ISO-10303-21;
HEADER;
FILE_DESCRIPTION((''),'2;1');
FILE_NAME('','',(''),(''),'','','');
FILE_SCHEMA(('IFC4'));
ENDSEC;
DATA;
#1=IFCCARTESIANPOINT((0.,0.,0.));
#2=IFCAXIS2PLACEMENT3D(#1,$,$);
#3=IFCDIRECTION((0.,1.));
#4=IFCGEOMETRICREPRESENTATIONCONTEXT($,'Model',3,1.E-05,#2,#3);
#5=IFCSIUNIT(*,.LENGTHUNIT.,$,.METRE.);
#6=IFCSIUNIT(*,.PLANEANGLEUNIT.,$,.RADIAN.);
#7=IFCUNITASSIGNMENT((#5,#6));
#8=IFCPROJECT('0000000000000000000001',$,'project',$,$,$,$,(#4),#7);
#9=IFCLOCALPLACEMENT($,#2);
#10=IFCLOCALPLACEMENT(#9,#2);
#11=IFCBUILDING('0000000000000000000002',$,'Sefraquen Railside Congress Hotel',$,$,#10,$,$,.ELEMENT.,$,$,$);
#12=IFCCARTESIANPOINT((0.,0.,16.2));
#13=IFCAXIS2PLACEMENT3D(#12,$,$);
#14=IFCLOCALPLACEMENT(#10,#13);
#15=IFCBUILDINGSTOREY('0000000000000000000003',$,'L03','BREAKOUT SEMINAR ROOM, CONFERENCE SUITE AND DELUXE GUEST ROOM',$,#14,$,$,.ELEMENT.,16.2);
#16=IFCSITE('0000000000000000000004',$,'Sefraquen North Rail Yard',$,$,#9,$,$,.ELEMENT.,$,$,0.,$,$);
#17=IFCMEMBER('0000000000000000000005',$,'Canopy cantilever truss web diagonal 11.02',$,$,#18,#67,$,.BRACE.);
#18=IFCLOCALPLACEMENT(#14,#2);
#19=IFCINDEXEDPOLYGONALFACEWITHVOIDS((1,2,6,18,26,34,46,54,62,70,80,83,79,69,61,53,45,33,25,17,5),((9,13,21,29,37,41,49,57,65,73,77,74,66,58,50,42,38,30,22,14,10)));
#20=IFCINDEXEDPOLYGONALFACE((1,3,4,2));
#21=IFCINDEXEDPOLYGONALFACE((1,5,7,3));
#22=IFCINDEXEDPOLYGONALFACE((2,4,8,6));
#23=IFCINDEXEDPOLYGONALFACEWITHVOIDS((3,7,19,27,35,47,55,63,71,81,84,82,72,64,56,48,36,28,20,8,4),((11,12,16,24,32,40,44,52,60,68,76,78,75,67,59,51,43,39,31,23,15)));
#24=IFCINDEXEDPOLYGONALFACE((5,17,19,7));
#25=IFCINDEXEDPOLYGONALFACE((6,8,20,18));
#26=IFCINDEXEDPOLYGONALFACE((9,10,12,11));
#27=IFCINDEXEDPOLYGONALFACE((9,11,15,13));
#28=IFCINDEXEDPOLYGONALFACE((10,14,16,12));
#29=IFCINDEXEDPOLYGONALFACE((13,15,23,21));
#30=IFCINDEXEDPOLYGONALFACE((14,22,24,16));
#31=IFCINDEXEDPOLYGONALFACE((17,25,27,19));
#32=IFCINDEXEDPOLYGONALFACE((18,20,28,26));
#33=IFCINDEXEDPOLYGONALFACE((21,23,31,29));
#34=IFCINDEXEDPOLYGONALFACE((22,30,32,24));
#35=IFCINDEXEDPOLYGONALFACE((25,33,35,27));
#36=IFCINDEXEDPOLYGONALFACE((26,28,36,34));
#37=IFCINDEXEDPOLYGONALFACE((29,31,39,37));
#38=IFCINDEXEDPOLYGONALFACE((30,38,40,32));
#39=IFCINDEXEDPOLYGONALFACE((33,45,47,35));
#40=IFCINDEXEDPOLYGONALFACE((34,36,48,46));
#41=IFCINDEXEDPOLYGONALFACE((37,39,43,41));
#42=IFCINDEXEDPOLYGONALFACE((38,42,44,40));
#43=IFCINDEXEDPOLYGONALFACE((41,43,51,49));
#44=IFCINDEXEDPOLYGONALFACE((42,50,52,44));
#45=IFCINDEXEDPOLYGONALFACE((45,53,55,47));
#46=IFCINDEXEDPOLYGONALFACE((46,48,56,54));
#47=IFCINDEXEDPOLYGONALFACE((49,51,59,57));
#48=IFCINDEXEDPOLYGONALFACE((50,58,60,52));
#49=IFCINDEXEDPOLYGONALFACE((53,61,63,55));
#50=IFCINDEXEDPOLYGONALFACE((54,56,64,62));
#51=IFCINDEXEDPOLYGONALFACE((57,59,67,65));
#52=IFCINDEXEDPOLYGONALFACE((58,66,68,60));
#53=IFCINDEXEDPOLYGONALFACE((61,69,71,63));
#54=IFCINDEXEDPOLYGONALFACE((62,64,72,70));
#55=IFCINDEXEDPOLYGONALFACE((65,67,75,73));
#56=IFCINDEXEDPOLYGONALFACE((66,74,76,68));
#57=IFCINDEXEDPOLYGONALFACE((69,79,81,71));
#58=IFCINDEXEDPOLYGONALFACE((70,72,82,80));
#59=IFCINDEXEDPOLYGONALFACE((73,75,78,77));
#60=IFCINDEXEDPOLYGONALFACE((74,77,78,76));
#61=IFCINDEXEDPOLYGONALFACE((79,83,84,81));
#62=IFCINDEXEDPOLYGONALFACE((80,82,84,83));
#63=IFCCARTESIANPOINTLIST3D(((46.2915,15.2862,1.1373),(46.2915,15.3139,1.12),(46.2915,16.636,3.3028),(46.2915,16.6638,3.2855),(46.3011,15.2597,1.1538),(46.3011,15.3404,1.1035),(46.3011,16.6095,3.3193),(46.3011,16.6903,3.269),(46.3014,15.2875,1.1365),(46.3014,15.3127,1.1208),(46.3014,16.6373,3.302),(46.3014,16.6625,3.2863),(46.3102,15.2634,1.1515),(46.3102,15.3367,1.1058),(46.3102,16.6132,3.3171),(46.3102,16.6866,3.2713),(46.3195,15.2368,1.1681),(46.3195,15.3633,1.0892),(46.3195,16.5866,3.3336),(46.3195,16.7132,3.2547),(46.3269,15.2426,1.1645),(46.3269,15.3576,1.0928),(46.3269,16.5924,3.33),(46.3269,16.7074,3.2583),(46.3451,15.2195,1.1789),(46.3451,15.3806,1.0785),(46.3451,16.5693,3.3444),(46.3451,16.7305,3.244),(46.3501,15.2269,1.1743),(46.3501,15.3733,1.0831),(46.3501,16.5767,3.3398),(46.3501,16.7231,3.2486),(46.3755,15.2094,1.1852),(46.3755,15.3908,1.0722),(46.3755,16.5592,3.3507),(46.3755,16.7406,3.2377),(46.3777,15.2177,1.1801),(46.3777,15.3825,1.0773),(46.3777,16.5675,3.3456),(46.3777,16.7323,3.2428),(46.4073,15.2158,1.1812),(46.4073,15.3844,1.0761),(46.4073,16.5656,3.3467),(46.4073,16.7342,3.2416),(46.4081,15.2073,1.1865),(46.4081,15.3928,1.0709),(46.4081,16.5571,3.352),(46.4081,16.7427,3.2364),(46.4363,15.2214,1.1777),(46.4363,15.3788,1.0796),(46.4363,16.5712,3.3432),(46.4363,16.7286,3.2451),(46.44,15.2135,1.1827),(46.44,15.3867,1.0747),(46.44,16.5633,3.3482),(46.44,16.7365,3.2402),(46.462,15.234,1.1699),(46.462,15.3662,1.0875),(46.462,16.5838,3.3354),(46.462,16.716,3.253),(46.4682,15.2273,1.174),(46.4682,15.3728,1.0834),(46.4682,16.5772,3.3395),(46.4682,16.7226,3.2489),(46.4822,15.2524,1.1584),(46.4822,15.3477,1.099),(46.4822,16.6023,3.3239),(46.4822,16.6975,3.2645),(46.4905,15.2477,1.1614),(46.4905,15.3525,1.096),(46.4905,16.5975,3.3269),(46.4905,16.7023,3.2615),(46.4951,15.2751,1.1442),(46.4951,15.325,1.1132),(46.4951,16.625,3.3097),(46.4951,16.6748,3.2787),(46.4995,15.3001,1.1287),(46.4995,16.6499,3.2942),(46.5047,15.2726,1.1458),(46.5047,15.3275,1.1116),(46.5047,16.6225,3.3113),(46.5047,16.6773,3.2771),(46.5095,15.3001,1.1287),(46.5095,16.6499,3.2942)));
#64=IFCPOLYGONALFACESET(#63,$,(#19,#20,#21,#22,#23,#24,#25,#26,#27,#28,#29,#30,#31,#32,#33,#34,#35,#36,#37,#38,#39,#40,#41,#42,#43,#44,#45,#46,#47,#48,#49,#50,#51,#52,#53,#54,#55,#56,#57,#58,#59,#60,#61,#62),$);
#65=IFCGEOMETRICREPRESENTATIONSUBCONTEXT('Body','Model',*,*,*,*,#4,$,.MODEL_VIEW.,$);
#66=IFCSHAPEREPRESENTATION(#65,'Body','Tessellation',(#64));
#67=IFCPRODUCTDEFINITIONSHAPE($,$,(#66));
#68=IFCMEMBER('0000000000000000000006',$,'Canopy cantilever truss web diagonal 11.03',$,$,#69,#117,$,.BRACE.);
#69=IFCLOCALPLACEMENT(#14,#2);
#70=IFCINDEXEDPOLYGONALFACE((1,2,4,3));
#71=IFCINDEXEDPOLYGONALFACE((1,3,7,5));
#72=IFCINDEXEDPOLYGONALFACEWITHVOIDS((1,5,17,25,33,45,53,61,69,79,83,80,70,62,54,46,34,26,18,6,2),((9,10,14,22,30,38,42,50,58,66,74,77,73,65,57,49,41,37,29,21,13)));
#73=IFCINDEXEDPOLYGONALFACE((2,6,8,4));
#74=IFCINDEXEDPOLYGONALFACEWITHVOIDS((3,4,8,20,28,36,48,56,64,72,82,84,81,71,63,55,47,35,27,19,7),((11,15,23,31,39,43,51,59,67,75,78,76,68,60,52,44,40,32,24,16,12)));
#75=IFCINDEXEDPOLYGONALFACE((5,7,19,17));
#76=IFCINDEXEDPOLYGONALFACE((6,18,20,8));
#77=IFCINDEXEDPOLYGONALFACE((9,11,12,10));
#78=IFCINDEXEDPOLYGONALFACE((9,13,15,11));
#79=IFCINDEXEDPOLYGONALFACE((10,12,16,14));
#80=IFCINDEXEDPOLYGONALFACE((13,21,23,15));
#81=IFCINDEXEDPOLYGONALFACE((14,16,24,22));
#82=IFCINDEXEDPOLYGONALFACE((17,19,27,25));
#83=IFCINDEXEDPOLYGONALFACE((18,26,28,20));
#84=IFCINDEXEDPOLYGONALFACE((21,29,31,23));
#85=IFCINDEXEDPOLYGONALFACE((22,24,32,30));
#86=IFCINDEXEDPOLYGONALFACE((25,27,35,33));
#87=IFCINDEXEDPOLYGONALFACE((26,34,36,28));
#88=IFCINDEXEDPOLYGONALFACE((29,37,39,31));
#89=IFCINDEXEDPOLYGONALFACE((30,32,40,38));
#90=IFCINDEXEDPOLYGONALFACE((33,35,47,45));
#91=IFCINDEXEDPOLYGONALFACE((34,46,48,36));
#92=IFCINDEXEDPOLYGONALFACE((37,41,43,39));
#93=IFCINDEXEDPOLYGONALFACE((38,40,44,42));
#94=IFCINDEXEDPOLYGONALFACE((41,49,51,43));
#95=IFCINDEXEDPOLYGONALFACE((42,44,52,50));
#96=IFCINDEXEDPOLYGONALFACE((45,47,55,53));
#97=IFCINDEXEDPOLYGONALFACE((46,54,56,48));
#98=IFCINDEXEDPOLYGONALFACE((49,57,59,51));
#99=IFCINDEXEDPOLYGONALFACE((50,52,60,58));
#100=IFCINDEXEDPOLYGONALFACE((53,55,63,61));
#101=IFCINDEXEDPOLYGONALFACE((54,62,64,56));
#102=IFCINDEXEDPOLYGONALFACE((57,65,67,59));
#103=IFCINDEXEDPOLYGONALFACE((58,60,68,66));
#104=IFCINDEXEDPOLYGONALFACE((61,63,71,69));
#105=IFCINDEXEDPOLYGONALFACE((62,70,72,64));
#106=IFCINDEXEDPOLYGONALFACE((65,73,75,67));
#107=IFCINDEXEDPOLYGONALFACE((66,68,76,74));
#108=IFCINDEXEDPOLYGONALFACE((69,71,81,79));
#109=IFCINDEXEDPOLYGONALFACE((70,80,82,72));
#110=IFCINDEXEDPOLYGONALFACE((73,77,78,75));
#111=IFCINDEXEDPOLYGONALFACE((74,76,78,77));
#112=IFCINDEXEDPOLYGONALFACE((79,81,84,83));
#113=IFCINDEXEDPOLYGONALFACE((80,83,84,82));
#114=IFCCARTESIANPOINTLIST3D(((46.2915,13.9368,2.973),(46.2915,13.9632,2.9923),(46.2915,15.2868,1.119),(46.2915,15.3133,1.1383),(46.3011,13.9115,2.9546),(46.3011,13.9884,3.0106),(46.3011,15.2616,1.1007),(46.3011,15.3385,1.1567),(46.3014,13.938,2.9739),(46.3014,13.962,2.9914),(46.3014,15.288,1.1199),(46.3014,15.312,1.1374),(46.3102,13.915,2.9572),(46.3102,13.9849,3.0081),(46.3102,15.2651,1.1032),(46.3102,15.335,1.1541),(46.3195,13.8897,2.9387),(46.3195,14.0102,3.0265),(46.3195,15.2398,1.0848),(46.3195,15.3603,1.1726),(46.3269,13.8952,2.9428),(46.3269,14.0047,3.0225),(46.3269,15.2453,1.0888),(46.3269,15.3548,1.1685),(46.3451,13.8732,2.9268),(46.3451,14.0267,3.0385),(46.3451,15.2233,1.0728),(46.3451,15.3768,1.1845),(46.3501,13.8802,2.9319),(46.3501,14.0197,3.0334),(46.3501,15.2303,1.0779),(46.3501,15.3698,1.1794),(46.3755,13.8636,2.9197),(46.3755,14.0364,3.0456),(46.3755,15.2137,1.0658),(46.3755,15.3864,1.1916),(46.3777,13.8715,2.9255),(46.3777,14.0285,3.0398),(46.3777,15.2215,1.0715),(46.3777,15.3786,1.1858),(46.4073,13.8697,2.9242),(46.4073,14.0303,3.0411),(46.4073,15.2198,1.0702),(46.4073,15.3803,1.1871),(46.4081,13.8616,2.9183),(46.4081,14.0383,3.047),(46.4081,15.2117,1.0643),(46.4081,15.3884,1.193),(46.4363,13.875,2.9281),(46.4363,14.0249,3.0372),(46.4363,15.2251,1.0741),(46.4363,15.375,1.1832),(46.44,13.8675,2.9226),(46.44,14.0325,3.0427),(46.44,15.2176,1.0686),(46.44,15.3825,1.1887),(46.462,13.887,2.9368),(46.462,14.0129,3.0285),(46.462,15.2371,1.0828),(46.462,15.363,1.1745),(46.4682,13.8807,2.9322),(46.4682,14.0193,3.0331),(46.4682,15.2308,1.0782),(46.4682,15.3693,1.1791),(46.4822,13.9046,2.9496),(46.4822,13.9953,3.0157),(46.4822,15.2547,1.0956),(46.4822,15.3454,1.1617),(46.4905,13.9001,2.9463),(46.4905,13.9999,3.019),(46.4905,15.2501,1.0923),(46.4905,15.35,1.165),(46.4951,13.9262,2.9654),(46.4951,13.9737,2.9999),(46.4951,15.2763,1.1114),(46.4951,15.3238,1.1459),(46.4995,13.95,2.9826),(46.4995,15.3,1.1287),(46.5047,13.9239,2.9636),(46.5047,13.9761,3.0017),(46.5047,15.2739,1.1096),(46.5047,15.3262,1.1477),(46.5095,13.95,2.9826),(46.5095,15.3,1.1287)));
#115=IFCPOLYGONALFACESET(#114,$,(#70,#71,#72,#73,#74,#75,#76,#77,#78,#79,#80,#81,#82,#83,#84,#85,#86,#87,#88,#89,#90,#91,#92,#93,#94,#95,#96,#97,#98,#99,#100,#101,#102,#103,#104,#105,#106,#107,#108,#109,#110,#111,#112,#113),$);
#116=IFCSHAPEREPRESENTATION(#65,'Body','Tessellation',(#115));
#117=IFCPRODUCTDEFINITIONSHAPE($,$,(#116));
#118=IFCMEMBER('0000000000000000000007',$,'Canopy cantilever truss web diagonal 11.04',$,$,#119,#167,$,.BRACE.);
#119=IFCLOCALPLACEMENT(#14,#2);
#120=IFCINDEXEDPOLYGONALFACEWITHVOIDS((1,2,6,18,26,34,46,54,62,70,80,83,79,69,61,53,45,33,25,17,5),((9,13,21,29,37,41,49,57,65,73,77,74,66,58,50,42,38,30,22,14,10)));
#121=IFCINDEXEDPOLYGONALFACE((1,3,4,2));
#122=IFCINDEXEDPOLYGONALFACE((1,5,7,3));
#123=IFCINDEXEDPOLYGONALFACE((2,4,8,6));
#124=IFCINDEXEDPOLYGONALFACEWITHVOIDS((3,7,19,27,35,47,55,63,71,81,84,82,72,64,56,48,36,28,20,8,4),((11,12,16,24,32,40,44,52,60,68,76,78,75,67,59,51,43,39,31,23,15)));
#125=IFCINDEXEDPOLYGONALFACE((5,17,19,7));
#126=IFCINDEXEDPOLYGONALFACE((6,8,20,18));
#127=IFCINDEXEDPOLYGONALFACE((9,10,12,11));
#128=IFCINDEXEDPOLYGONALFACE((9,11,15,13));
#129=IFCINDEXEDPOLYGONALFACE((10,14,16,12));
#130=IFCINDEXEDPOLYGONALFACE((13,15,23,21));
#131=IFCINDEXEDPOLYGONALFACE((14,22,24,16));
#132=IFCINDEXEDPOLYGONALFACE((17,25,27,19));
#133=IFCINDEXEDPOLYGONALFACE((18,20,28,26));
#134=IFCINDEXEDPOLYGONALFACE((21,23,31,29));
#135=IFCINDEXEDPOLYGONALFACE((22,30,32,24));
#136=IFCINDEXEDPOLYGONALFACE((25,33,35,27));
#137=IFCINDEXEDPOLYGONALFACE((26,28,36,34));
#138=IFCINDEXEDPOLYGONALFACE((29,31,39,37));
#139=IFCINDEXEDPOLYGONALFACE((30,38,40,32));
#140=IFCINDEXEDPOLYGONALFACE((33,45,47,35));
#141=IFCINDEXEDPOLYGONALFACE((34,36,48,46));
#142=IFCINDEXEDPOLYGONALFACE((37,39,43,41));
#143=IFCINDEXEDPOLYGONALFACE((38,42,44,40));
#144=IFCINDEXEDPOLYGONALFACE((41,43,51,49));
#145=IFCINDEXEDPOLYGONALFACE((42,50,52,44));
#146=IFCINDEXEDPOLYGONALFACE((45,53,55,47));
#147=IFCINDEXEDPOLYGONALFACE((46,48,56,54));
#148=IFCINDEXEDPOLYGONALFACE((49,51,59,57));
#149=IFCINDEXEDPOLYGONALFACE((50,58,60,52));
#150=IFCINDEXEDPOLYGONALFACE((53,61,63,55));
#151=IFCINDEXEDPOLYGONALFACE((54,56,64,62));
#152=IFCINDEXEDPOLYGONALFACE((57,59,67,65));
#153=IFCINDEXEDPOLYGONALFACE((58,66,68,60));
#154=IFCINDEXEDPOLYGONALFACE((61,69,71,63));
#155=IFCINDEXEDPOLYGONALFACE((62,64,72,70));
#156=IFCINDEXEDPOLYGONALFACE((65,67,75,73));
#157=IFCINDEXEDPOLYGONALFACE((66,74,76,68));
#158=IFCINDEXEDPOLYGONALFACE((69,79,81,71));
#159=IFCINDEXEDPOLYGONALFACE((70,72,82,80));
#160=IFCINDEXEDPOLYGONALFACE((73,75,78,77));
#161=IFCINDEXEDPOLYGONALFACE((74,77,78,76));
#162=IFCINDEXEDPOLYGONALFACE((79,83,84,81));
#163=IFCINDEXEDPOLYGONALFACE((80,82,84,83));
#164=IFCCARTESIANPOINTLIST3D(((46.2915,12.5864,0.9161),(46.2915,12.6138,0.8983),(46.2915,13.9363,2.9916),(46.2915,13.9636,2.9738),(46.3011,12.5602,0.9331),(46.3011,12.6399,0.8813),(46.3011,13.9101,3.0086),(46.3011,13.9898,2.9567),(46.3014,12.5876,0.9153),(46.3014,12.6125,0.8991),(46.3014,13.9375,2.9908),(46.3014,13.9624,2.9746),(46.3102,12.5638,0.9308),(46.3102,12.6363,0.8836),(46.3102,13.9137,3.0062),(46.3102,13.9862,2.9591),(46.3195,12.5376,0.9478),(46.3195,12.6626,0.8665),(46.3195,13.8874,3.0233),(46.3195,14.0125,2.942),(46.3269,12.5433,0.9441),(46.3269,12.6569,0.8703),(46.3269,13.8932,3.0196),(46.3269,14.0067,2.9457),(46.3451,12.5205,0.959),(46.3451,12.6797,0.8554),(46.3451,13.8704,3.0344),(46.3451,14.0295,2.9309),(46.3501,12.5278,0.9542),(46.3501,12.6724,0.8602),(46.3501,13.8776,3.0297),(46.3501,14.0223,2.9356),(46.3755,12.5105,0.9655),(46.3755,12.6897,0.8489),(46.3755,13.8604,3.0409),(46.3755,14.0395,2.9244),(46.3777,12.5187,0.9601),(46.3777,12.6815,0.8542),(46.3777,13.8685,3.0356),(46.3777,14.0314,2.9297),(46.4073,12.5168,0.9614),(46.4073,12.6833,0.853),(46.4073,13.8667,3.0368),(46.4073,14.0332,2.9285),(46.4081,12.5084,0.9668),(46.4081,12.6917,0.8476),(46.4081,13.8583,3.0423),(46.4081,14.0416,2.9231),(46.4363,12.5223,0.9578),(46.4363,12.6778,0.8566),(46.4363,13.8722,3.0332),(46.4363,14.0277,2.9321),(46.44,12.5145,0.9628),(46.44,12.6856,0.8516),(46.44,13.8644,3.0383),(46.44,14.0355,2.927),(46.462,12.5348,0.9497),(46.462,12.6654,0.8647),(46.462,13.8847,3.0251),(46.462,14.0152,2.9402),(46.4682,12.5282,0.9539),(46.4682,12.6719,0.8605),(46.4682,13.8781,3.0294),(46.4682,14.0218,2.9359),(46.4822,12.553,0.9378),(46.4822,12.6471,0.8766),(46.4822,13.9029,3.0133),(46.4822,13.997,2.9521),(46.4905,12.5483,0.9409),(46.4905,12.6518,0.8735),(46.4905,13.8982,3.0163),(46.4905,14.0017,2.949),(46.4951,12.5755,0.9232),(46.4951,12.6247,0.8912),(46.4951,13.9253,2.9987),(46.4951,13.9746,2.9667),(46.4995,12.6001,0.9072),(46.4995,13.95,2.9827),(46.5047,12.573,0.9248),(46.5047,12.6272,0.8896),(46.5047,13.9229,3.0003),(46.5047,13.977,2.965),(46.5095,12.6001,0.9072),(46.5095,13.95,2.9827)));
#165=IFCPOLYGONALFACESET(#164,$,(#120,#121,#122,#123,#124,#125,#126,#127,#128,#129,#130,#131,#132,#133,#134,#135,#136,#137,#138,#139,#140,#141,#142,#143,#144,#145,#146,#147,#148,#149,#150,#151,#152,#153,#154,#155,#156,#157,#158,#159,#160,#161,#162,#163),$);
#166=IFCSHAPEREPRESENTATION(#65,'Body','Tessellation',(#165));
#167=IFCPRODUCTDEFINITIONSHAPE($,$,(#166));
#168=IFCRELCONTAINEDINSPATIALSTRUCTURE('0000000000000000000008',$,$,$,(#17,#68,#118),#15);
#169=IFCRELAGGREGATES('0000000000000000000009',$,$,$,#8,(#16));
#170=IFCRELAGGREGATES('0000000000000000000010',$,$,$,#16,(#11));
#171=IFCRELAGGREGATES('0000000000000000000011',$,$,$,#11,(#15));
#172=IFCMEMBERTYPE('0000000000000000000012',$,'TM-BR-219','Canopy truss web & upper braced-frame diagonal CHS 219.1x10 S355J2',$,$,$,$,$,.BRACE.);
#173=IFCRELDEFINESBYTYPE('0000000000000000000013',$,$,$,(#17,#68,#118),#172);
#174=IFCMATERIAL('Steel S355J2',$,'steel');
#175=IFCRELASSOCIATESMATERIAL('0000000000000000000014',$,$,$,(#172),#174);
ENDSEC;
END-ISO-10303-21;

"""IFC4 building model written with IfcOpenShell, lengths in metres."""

from ifc_helpers import new_model, si_unit, direction, frame, origin, origin_2d, place, context, subcontext, project, spatial, hollow_circle, extrude, material, material_profile, profile_set, type_object, element, save


model = new_model("IFC4")

# Units and contexts
model_context = context("Model", 3, precision=1e-05, world=origin(), true_north=direction((0.0, 1.0)))
body_context = subcontext(model_context, "Body", "Model", "MODEL_VIEW")
ifc_project = project(units=[si_unit("LENGTHUNIT", "METRE"), si_unit("PLANEANGLEUNIT", "RADIAN")], contexts=[model_context])

# Site, building, storey
site_placement = place(None, origin())
site = spatial("IfcSite", under=ifc_project, at=site_placement, Name="Sefraquen North Rail Yard", CompositionType="ELEMENT", RefElevation=0.0)
building_placement = place(site_placement, origin())
building = spatial("IfcBuilding", under=site, at=building_placement, Name="Sefraquen Railside Congress Hotel", CompositionType="ELEMENT")
storey_placement = place(building_placement, frame((0.0, 0.0, 16.2)))
storey = spatial("IfcBuildingStorey", under=building, at=storey_placement, Name="L03", Description="BREAKOUT SEMINAR ROOM, CONFERENCE SUITE AND DELUXE GUEST ROOM", CompositionType="ELEMENT", Elevation=16.2)

# Shared definitions
ifc_material_1 = material(Name="Steel S355J2", Category="steel")

# Members
ifc_material_profile_1 = material_profile(ifc_material_1, hollow_circle(Radius=0.1096, WallThickness=0.01, at=origin_2d()), Name="CHS 219.1x10")
ifc_profile_set_1 = profile_set([ifc_material_profile_1], Name="Steel S355J2")
member_type_1 = type_object("IfcMemberType", Name="TM-BR-219", Description="Canopy truss web & upper braced-frame diagonal CHS 219.1x10 S355J2", PredefinedType="BRACE", material=ifc_profile_set_1)
member_1_placement = place(storey_placement, frame((46.3999, 16.6499, 3.2942), z_axis=(0.0, -0.528984, -0.848632), x_axis=(1.0, 0.0, 0.0)))
element("IfcMember", 1, at=member_1_placement, inside=storey, type_object=member_type_1, Name="Canopy cantilever truss web diagonal 11.02", PredefinedType="BRACE", context=body_context, shape_type="SweptSolid", body=[
    extrude(hollow_circle(Radius=0.1096, WallThickness=0.01, at=origin_2d()), origin(), (0.0, 0.0, 1.0), 2.5518),
])
member_2_placement = place(storey_placement, frame((46.3999, 15.3, 1.1287), z_axis=(0.0, -0.588665, 0.808377), x_axis=(1.0, 0.0, 0.0)))
element("IfcMember", 2, at=member_2_placement, inside=storey, type_object=member_type_1, Name="Canopy cantilever truss web diagonal 11.03", PredefinedType="BRACE", context=body_context, shape_type="SweptSolid", body=[
    extrude(hollow_circle(Radius=0.1096, WallThickness=0.01, at=origin_2d()), origin(), (0.0, 0.0, 1.0), 2.2935),
])
member_3_placement = place(storey_placement, frame((46.3999, 13.95, 2.9827), z_axis=(0.0, -0.545221, -0.838293), x_axis=(1.0, 0.0, 0.0)))
element("IfcMember", 3, at=member_3_placement, inside=storey, type_object=member_type_1, Name="Canopy cantilever truss web diagonal 11.04", PredefinedType="BRACE", context=body_context, shape_type="SweptSolid", body=[
    extrude(hollow_circle(Radius=0.1096, WallThickness=0.01, at=origin_2d()), origin(), (0.0, 0.0, 1.0), 2.4758),
])

save(model, "model.ifc")
